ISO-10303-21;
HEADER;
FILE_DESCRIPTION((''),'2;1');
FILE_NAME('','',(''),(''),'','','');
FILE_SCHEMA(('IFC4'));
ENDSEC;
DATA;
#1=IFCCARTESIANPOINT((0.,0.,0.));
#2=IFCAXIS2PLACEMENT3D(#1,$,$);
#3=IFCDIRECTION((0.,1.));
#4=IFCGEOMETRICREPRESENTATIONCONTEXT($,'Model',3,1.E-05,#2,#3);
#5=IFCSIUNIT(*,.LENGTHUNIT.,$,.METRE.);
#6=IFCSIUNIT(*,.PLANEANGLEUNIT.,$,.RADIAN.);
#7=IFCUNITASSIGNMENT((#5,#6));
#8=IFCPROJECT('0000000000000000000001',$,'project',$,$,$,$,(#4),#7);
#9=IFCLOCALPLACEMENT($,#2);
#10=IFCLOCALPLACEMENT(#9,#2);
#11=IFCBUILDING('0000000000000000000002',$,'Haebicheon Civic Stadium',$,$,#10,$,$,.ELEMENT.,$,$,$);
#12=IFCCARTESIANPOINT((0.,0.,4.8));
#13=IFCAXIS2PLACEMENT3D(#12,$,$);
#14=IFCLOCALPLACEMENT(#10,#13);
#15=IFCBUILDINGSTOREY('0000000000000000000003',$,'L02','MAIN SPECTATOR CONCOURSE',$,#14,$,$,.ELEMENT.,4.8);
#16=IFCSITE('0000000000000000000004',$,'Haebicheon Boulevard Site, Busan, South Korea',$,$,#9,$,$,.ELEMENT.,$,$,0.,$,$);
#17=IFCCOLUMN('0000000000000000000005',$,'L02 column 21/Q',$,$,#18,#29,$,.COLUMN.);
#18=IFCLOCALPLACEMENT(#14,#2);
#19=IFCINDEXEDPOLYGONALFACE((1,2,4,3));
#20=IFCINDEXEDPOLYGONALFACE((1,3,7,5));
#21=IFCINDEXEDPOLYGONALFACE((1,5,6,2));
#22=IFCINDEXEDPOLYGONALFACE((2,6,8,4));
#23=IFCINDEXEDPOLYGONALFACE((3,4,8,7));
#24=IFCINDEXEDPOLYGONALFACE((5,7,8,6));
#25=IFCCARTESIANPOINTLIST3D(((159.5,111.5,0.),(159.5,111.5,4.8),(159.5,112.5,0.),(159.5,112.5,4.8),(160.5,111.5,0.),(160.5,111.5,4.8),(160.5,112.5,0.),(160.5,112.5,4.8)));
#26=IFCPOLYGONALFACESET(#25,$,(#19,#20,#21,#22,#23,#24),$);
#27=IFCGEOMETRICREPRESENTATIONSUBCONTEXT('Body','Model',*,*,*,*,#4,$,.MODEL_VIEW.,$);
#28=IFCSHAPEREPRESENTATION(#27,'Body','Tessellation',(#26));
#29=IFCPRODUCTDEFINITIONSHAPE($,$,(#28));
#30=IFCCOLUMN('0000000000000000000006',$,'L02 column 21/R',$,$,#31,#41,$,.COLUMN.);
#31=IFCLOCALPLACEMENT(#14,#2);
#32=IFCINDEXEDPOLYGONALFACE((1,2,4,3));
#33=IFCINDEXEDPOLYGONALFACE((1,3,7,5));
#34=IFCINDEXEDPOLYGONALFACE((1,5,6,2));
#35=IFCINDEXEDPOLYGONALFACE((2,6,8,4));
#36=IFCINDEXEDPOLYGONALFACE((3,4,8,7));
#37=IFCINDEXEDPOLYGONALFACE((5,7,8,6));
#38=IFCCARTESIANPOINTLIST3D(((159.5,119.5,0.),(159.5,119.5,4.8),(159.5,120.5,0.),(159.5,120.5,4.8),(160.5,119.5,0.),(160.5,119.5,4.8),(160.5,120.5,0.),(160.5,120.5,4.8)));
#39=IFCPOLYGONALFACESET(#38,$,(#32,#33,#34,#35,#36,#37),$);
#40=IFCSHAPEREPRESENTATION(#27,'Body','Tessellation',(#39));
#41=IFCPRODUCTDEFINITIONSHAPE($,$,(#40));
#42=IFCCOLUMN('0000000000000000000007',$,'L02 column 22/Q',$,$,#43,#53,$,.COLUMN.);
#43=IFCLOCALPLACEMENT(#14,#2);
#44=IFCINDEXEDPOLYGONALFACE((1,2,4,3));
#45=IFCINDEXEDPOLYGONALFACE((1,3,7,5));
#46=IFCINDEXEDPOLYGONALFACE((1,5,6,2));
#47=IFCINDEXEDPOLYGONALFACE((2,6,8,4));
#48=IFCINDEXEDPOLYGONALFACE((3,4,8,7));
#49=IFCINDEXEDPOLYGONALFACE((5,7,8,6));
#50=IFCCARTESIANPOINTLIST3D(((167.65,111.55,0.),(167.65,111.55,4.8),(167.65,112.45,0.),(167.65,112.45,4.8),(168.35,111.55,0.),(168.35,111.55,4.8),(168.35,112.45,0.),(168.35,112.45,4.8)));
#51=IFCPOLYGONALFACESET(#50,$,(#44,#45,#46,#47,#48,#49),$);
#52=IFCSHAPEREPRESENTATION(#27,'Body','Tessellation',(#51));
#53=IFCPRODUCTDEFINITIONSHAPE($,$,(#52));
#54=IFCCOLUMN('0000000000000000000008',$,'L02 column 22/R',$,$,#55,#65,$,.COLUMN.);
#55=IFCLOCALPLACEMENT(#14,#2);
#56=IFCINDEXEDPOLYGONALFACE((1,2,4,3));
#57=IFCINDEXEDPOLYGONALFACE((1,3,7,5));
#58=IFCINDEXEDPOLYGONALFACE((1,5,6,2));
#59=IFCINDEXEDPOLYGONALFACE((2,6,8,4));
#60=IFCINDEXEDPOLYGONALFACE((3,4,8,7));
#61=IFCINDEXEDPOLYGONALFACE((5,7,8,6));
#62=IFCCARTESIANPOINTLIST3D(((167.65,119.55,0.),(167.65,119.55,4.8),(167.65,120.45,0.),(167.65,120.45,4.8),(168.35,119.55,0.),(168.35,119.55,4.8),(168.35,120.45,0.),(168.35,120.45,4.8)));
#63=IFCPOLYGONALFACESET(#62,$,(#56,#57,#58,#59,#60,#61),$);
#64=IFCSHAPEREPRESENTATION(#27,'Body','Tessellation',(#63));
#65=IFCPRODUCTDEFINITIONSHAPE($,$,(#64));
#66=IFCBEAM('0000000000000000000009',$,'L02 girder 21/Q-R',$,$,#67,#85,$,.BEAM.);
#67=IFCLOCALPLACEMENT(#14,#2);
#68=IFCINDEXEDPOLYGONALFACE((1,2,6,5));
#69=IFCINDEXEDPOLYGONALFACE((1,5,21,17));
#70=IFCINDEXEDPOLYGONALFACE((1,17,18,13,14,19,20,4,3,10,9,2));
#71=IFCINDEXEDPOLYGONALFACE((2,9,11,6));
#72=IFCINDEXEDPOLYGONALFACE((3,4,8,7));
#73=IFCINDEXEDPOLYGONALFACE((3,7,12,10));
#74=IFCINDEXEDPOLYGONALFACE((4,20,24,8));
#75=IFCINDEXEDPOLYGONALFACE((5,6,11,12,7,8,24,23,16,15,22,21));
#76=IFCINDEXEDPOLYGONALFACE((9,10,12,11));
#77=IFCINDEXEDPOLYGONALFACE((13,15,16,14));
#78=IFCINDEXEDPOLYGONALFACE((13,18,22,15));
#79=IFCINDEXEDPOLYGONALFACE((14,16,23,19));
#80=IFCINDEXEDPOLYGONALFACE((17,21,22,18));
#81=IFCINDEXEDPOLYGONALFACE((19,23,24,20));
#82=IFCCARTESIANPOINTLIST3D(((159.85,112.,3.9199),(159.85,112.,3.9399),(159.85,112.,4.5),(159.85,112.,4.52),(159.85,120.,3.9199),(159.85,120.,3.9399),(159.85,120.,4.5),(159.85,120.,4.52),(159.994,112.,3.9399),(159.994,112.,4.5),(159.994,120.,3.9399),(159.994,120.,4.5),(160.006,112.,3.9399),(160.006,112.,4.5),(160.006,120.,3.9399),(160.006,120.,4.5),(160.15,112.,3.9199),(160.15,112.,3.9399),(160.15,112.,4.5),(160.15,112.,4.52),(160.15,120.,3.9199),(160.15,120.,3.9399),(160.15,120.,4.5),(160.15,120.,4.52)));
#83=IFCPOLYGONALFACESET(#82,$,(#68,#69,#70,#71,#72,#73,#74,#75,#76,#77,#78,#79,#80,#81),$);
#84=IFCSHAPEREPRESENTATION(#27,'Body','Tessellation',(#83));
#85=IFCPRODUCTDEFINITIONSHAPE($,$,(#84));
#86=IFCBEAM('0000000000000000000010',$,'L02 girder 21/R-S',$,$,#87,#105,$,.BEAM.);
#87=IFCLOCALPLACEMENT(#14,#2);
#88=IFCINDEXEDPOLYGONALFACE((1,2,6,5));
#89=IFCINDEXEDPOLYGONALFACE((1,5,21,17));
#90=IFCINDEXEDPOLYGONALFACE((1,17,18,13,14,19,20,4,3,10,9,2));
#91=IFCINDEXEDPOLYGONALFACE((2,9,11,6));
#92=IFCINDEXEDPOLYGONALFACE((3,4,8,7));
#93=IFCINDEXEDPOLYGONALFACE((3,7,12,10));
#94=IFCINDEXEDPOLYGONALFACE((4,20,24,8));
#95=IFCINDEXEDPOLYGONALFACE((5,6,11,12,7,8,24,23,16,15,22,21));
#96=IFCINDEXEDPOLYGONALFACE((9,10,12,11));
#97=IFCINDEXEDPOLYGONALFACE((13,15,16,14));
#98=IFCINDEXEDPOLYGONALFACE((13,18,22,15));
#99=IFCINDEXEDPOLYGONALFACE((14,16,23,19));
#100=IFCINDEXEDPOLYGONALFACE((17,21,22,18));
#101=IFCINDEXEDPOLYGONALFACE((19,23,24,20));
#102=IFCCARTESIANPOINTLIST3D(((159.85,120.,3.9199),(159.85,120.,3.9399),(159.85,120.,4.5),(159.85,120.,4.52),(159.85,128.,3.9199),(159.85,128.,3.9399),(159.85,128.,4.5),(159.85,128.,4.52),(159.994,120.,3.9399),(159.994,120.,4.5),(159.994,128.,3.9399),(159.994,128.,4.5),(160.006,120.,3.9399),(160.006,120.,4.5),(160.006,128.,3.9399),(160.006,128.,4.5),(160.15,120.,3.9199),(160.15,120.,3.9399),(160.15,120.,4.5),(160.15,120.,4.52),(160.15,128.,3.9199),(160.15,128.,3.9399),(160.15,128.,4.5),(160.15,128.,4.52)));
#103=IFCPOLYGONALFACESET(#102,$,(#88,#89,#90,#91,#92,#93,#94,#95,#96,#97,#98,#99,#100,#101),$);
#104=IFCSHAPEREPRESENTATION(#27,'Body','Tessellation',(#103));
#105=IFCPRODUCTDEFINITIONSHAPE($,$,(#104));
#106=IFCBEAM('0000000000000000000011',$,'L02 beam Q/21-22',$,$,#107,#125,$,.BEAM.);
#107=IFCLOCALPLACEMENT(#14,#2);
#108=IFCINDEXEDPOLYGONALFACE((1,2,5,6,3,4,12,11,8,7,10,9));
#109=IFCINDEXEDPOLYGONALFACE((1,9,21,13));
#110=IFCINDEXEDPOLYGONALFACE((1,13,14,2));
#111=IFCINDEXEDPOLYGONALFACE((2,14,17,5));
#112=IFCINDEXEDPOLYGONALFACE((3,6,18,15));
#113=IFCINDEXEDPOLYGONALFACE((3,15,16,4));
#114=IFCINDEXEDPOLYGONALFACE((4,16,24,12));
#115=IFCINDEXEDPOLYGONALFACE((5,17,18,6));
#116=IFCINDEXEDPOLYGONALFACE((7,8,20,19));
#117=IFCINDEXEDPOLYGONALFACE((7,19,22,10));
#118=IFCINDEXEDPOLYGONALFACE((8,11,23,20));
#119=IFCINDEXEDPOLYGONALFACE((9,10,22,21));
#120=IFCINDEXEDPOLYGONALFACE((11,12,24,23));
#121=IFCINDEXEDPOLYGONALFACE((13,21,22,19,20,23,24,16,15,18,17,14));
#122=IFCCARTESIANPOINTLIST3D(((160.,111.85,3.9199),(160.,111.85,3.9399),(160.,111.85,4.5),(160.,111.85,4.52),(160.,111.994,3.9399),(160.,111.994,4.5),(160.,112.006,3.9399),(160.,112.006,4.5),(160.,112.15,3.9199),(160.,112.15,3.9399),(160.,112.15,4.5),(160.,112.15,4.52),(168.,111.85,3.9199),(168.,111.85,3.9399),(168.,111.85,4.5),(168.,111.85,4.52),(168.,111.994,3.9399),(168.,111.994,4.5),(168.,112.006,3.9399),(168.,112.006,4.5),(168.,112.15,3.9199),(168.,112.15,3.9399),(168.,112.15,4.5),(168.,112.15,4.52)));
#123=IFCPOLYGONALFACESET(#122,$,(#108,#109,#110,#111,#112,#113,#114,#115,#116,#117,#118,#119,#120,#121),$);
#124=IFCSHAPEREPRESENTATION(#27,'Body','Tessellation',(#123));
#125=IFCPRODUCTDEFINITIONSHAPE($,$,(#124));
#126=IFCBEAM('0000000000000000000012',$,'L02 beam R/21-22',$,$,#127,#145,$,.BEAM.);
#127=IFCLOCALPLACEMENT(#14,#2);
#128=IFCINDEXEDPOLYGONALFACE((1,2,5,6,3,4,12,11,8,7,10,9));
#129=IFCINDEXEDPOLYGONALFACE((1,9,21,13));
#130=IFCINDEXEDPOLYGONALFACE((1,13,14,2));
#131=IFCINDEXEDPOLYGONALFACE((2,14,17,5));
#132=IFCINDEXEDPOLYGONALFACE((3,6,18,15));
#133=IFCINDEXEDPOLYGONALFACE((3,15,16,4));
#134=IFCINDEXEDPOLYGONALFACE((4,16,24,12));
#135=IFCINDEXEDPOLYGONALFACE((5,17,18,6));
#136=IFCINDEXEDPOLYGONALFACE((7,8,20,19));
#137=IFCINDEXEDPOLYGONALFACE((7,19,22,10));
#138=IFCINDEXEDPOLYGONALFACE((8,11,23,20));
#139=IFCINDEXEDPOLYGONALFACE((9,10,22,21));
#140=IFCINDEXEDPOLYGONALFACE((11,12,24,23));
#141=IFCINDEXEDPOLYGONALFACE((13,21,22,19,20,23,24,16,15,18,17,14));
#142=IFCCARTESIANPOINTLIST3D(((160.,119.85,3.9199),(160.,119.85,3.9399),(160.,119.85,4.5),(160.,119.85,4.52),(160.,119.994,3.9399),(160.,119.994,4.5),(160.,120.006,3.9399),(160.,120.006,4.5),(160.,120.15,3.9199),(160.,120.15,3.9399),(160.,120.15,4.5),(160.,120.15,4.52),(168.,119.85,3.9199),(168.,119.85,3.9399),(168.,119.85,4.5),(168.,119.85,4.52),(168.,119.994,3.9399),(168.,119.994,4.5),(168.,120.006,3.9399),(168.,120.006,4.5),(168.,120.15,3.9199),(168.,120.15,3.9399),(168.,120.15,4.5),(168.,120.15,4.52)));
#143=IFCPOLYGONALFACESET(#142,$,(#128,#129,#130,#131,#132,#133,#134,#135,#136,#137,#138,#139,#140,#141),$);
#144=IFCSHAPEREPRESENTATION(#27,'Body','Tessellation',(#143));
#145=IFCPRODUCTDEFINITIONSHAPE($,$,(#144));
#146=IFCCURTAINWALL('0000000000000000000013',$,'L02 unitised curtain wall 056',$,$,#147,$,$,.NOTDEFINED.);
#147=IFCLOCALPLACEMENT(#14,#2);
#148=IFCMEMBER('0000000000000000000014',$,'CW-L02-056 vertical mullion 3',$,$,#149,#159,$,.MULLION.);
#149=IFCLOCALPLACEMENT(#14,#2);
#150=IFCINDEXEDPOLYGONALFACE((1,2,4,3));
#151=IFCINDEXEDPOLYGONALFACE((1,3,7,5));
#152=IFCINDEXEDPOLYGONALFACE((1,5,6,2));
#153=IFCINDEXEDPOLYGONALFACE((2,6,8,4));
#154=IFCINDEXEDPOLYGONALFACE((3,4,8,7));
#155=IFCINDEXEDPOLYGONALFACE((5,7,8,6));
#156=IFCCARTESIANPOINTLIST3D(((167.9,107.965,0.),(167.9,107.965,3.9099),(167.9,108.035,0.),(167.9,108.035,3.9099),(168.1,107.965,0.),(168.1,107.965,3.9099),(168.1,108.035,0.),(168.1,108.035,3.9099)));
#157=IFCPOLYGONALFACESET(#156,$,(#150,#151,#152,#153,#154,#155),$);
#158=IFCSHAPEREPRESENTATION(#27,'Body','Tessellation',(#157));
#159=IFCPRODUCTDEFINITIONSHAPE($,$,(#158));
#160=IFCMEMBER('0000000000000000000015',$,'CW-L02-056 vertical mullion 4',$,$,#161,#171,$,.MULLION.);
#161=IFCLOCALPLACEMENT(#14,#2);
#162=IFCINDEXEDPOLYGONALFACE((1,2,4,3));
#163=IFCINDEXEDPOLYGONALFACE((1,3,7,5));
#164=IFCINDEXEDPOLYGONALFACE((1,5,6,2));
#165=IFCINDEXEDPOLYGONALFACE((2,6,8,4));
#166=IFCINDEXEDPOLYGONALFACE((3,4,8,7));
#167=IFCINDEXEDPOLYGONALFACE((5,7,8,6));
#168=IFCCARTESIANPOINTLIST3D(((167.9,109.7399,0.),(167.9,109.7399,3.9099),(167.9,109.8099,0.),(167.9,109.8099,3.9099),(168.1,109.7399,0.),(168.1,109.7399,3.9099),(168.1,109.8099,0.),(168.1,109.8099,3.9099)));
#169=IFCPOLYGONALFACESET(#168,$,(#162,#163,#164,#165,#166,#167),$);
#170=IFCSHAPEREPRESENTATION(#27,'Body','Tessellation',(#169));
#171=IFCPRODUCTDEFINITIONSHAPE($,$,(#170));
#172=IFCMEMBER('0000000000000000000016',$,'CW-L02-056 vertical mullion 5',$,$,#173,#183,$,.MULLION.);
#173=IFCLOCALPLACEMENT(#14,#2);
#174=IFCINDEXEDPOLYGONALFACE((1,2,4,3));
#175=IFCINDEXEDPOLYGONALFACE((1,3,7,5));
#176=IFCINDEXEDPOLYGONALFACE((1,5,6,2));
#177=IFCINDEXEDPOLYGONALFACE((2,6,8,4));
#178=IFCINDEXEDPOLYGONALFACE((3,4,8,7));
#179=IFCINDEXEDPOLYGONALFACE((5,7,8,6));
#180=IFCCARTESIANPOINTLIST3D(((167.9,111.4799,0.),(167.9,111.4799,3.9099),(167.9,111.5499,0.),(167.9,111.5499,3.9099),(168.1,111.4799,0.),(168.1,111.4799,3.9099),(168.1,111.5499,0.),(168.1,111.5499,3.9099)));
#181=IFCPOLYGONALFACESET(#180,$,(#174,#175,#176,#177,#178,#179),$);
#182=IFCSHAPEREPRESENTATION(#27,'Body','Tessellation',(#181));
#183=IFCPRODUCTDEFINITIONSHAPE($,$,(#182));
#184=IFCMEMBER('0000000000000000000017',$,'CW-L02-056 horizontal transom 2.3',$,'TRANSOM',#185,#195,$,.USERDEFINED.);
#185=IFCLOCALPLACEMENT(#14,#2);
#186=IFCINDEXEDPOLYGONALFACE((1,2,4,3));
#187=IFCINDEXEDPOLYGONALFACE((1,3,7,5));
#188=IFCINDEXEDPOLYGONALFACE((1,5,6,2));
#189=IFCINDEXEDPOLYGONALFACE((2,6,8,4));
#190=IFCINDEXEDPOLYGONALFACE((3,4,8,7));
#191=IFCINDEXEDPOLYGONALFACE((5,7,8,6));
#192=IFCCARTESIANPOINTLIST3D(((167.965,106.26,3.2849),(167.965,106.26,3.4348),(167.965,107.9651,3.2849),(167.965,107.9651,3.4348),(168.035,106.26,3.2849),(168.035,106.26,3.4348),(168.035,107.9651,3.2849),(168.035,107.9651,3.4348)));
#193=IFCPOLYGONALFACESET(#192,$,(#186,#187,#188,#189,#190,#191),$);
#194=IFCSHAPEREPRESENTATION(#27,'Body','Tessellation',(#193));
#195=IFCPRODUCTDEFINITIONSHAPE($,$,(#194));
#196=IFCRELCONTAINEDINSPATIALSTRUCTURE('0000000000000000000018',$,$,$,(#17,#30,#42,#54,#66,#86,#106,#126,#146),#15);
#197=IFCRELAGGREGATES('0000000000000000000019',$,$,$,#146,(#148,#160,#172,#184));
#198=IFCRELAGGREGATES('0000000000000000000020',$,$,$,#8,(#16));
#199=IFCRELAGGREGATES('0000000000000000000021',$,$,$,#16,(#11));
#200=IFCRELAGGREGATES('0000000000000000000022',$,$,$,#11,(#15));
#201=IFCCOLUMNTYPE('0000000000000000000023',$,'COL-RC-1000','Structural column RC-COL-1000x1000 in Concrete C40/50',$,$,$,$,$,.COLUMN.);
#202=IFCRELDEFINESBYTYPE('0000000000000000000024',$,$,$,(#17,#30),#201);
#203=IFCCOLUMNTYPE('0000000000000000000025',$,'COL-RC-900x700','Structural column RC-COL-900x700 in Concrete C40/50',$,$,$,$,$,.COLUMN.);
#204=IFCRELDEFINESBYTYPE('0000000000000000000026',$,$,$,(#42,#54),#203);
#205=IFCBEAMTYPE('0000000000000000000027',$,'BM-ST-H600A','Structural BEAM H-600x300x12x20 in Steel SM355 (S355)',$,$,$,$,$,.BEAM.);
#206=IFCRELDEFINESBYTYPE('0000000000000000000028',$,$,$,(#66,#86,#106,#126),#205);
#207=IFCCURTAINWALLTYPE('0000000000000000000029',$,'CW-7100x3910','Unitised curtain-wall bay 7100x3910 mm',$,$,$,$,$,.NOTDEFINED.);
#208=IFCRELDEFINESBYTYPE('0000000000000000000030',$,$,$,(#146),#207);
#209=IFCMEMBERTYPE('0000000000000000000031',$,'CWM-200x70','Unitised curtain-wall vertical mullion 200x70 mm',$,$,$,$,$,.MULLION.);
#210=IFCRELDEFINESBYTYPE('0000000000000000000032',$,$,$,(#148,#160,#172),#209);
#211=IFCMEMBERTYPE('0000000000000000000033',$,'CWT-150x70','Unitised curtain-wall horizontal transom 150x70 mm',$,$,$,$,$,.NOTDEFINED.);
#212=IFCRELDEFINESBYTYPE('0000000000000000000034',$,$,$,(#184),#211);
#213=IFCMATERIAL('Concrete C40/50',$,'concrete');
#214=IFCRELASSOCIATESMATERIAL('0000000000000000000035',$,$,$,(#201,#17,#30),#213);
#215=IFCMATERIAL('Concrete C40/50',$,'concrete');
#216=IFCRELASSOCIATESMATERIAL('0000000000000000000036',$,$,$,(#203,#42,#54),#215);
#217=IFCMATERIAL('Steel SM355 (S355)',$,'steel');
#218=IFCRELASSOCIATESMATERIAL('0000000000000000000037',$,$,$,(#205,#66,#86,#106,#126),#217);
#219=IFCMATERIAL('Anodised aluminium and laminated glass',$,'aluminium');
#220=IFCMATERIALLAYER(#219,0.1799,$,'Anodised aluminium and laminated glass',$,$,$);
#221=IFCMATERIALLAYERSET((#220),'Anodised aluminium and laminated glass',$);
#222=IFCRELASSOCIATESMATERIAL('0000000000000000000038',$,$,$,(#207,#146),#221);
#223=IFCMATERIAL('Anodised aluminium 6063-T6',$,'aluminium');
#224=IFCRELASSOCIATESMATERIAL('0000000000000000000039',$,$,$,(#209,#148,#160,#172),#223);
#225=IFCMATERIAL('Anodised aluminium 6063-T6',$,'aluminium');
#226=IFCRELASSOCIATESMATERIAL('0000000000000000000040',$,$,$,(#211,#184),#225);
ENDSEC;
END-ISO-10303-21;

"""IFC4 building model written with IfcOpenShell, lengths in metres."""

from ifc_helpers import new_model, si_unit, direction, frame, origin, origin_2d, place, context, subcontext, project, spatial, rectangle, i_section, extrude, material, layer, layer_set, material_profile, profile_set, type_object, element, aggregate, save


model = new_model("IFC4")

# Units and contexts
model_context = context("Model", 3, precision=1e-05, world=origin(), true_north=direction((0.0, 1.0)))
body_context = subcontext(model_context, "Body", "Model", "MODEL_VIEW")
ifc_project = project(units=[si_unit("LENGTHUNIT", "METRE"), si_unit("PLANEANGLEUNIT", "RADIAN")], contexts=[model_context])

# Site, building, storey
site_placement = place(None, origin())
site = spatial("IfcSite", under=ifc_project, at=site_placement, Name="Haebicheon Boulevard Site, Busan, South Korea", CompositionType="ELEMENT", RefElevation=0.0)
building_placement = place(site_placement, origin())
building = spatial("IfcBuilding", under=site, at=building_placement, Name="Haebicheon Civic Stadium", CompositionType="ELEMENT")
storey_placement = place(building_placement, frame((0.0, 0.0, 4.8)))
storey = spatial("IfcBuildingStorey", under=building, at=storey_placement, Name="L02", Description="MAIN SPECTATOR CONCOURSE", CompositionType="ELEMENT", Elevation=4.8)

# Columns
ifc_material_1 = material(Name="Concrete C40/50", Category="concrete")
ifc_material_profile_1 = material_profile(ifc_material_1, rectangle(XDim=1.0, YDim=1.0, at=origin_2d()), Name="RC-COL-1000x1000")
ifc_profile_set_1 = profile_set([ifc_material_profile_1], Name="Concrete C40/50")
column_type_1 = type_object("IfcColumnType", Name="COL-RC-1000", Description="Structural column RC-COL-1000x1000 in Concrete C40/50", PredefinedType="COLUMN", material=ifc_profile_set_1)
for number, where, z_axis, x_axis, name in (
    (1, (160.0, 112.0, 0.0), (0.0, 0.0, 1.0), (1.0, 0.0, 0.0), "L02 column 21/Q"),
    (2, (160.0, 120.0, 0.0), (0.0, 0.0, 1.0), (1.0, 0.0, 0.0), "L02 column 21/R"),
):
    element("IfcColumn", number, at=place(storey_placement, frame(where, z_axis=z_axis, x_axis=x_axis)), inside=storey, type_object=column_type_1, material=ifc_profile_set_1, Name=name, PredefinedType="COLUMN", context=body_context, shape_type="SweptSolid", body=[
        extrude(rectangle(XDim=1.0, YDim=1.0, at=origin_2d()), origin(), (0.0, 0.0, 1.0), 4.8),
    ])
ifc_material_2 = material(Name="Concrete C40/50", Category="concrete")
ifc_material_profile_2 = material_profile(ifc_material_2, rectangle(XDim=0.7, YDim=0.8999, at=origin_2d()), Name="RC-COL-900x700")
ifc_profile_set_2 = profile_set([ifc_material_profile_2], Name="Concrete C40/50")
column_type_2 = type_object("IfcColumnType", Name="COL-RC-900x700", Description="Structural column RC-COL-900x700 in Concrete C40/50", PredefinedType="COLUMN", material=ifc_profile_set_2)
for number, where, z_axis, x_axis, name in (
    (3, (168.0, 112.0, 0.0), (0.0, 0.0, 1.0), (1.0, 0.0, 0.0), "L02 column 22/Q"),
    (4, (168.0, 120.0, 0.0), (0.0, 0.0, 1.0), (1.0, 0.0, 0.0), "L02 column 22/R"),
):
    element("IfcColumn", number, at=place(storey_placement, frame(where, z_axis=z_axis, x_axis=x_axis)), inside=storey, type_object=column_type_2, material=ifc_profile_set_2, Name=name, PredefinedType="COLUMN", context=body_context, shape_type="SweptSolid", body=[
        extrude(rectangle(XDim=0.7, YDim=0.8999, at=origin_2d()), origin(), (0.0, 0.0, 1.0), 4.8),
    ])

# Beams
ifc_material_3 = material(Name="Steel SM355 (S355)", Category="steel")
ifc_material_profile_3 = material_profile(ifc_material_3, i_section(OverallWidth=0.3, OverallDepth=0.6001, WebThickness=0.012, FlangeThickness=0.02, at=origin_2d()), Name="H-600x300x12x20")
ifc_profile_set_3 = profile_set([ifc_material_profile_3], Name="Steel SM355 (S355)")
beam_type_1 = type_object("IfcBeamType", Name="BM-ST-H600A", Description="Structural BEAM H-600x300x12x20 in Steel SM355 (S355)", PredefinedType="BEAM", material=ifc_profile_set_3)
for number, where, z_axis, x_axis, name in (
    (5, (160.0, 112.0, 4.22), (0.0, 1.0, 0.0), (-1.0, 0.0, 0.0), "L02 girder 21/Q-R"),
    (6, (160.0, 120.0, 4.22), (0.0, 1.0, 0.0), (-1.0, 0.0, 0.0), "L02 girder 21/R-S"),
    (7, (160.0, 112.0, 4.22), (1.0, 0.0, 0.0), (0.0, 1.0, 0.0), "L02 beam Q/21-22"),
    (8, (160.0, 120.0, 4.22), (1.0, 0.0, 0.0), (0.0, 1.0, 0.0), "L02 beam R/21-22"),
):
    element("IfcBeam", number, at=place(storey_placement, frame(where, z_axis=z_axis, x_axis=x_axis)), inside=storey, type_object=beam_type_1, material=ifc_profile_set_3, Name=name, PredefinedType="BEAM", context=body_context, shape_type="SweptSolid", body=[
        extrude(i_section(OverallWidth=0.3, OverallDepth=0.6001, WebThickness=0.012, FlangeThickness=0.02, at=origin_2d()), origin(), (0.0, 0.0, 1.0), 8.0),
    ])

# Curtain wall, members
ifc_material_4 = material(Name="Anodised aluminium and laminated glass", Category="aluminium")
ifc_layer_1 = layer(ifc_material_4, 0.1799, Name="Anodised aluminium and laminated glass")
ifc_layer_set_1 = layer_set([ifc_layer_1], Name="Anodised aluminium and laminated glass")
curtain_wall_type = type_object("IfcCurtainWallType", Name="CW-7100x3910", Description="Unitised curtain-wall bay 7100x3910 mm", PredefinedType="NOTDEFINED", material=ifc_layer_set_1)
curtain_wall_placement = place(storey_placement, origin())
curtain_wall = element("IfcCurtainWall", 9, at=curtain_wall_placement, inside=storey, type_object=curtain_wall_type, material=ifc_layer_set_1, Name="L02 unitised curtain wall 056", PredefinedType="NOTDEFINED")
ifc_material_5 = material(Name="Anodised aluminium 6063-T6", Category="aluminium")
ifc_material_profile_4 = material_profile(ifc_material_5, rectangle(XDim=0.0701, YDim=0.2, at=origin_2d()), Name="ALU-MULL-70x200")
ifc_profile_set_4 = profile_set([ifc_material_profile_4], Name="Anodised aluminium 6063-T6")
member_type_1 = type_object("IfcMemberType", Name="CWM-200x70", Description="Unitised curtain-wall vertical mullion 200x70 mm", PredefinedType="MULLION", material=ifc_profile_set_4)
member_1_placement = place(storey_placement, frame((168.0, 108.0, 0.0), z_axis=(0.0, 0.0, 1.0), x_axis=(0.0, 1.0, 0.0)))
member_1 = element("IfcMember", 10, at=member_1_placement, type_object=member_type_1, material=ifc_profile_set_4, Name="CW-L02-056 vertical mullion 3", PredefinedType="MULLION", context=body_context, shape_type="SweptSolid", body=[
    extrude(rectangle(XDim=0.0701, YDim=0.2, at=origin_2d()), origin(), (0.0, 0.0, 1.0), 3.9099),
])
member_2_placement = place(storey_placement, frame((168.0, 109.7749, 0.0), z_axis=(0.0, 0.0, 1.0), x_axis=(0.0, 1.0, 0.0)))
member_2 = element("IfcMember", 11, at=member_2_placement, type_object=member_type_1, material=ifc_profile_set_4, Name="CW-L02-056 vertical mullion 4", PredefinedType="MULLION", context=body_context, shape_type="SweptSolid", body=[
    extrude(rectangle(XDim=0.0701, YDim=0.2, at=origin_2d()), origin(), (0.0, 0.0, 1.0), 3.9099),
])
member_3_placement = place(storey_placement, frame((168.0, 111.5149, 0.0), z_axis=(0.0, 0.0, 1.0), x_axis=(0.0, 1.0, 0.0)))
member_3 = element("IfcMember", 12, at=member_3_placement, type_object=member_type_1, material=ifc_profile_set_4, Name="CW-L02-056 vertical mullion 5", PredefinedType="MULLION", context=body_context, shape_type="SweptSolid", body=[
    extrude(rectangle(XDim=0.0701, YDim=0.2, at=origin_2d()), origin(), (0.0, 0.0, 1.0), 3.9099),
])
ifc_material_6 = material(Name="Anodised aluminium 6063-T6", Category="aluminium")
ifc_material_profile_5 = material_profile(ifc_material_6, rectangle(XDim=0.0701, YDim=0.1499, at=origin_2d()), Name="ALU-TRAN-70x150")
ifc_profile_set_5 = profile_set([ifc_material_profile_5], Name="Anodised aluminium 6063-T6")
member_type_2 = type_object("IfcMemberType", Name="CWT-150x70", Description="Unitised curtain-wall horizontal transom 150x70 mm", PredefinedType="NOTDEFINED", material=ifc_profile_set_5)
member_4_placement = place(storey_placement, frame((168.0, 106.26, 3.3599), z_axis=(0.0, 1.0, 0.0), x_axis=(-1.0, 0.0, 0.0)))
member_4 = element("IfcMember", 13, at=member_4_placement, type_object=member_type_2, material=ifc_profile_set_5, Name="CW-L02-056 horizontal transom 2.3", ObjectType="TRANSOM", PredefinedType="USERDEFINED", context=body_context, shape_type="SweptSolid", body=[
    extrude(rectangle(XDim=0.0701, YDim=0.1499, at=origin_2d()), origin(), (0.0, 0.0, 1.0), 1.7051),
])

aggregate(curtain_wall, [member_1, member_2, member_3, member_4])

save(model, "model.ifc")
